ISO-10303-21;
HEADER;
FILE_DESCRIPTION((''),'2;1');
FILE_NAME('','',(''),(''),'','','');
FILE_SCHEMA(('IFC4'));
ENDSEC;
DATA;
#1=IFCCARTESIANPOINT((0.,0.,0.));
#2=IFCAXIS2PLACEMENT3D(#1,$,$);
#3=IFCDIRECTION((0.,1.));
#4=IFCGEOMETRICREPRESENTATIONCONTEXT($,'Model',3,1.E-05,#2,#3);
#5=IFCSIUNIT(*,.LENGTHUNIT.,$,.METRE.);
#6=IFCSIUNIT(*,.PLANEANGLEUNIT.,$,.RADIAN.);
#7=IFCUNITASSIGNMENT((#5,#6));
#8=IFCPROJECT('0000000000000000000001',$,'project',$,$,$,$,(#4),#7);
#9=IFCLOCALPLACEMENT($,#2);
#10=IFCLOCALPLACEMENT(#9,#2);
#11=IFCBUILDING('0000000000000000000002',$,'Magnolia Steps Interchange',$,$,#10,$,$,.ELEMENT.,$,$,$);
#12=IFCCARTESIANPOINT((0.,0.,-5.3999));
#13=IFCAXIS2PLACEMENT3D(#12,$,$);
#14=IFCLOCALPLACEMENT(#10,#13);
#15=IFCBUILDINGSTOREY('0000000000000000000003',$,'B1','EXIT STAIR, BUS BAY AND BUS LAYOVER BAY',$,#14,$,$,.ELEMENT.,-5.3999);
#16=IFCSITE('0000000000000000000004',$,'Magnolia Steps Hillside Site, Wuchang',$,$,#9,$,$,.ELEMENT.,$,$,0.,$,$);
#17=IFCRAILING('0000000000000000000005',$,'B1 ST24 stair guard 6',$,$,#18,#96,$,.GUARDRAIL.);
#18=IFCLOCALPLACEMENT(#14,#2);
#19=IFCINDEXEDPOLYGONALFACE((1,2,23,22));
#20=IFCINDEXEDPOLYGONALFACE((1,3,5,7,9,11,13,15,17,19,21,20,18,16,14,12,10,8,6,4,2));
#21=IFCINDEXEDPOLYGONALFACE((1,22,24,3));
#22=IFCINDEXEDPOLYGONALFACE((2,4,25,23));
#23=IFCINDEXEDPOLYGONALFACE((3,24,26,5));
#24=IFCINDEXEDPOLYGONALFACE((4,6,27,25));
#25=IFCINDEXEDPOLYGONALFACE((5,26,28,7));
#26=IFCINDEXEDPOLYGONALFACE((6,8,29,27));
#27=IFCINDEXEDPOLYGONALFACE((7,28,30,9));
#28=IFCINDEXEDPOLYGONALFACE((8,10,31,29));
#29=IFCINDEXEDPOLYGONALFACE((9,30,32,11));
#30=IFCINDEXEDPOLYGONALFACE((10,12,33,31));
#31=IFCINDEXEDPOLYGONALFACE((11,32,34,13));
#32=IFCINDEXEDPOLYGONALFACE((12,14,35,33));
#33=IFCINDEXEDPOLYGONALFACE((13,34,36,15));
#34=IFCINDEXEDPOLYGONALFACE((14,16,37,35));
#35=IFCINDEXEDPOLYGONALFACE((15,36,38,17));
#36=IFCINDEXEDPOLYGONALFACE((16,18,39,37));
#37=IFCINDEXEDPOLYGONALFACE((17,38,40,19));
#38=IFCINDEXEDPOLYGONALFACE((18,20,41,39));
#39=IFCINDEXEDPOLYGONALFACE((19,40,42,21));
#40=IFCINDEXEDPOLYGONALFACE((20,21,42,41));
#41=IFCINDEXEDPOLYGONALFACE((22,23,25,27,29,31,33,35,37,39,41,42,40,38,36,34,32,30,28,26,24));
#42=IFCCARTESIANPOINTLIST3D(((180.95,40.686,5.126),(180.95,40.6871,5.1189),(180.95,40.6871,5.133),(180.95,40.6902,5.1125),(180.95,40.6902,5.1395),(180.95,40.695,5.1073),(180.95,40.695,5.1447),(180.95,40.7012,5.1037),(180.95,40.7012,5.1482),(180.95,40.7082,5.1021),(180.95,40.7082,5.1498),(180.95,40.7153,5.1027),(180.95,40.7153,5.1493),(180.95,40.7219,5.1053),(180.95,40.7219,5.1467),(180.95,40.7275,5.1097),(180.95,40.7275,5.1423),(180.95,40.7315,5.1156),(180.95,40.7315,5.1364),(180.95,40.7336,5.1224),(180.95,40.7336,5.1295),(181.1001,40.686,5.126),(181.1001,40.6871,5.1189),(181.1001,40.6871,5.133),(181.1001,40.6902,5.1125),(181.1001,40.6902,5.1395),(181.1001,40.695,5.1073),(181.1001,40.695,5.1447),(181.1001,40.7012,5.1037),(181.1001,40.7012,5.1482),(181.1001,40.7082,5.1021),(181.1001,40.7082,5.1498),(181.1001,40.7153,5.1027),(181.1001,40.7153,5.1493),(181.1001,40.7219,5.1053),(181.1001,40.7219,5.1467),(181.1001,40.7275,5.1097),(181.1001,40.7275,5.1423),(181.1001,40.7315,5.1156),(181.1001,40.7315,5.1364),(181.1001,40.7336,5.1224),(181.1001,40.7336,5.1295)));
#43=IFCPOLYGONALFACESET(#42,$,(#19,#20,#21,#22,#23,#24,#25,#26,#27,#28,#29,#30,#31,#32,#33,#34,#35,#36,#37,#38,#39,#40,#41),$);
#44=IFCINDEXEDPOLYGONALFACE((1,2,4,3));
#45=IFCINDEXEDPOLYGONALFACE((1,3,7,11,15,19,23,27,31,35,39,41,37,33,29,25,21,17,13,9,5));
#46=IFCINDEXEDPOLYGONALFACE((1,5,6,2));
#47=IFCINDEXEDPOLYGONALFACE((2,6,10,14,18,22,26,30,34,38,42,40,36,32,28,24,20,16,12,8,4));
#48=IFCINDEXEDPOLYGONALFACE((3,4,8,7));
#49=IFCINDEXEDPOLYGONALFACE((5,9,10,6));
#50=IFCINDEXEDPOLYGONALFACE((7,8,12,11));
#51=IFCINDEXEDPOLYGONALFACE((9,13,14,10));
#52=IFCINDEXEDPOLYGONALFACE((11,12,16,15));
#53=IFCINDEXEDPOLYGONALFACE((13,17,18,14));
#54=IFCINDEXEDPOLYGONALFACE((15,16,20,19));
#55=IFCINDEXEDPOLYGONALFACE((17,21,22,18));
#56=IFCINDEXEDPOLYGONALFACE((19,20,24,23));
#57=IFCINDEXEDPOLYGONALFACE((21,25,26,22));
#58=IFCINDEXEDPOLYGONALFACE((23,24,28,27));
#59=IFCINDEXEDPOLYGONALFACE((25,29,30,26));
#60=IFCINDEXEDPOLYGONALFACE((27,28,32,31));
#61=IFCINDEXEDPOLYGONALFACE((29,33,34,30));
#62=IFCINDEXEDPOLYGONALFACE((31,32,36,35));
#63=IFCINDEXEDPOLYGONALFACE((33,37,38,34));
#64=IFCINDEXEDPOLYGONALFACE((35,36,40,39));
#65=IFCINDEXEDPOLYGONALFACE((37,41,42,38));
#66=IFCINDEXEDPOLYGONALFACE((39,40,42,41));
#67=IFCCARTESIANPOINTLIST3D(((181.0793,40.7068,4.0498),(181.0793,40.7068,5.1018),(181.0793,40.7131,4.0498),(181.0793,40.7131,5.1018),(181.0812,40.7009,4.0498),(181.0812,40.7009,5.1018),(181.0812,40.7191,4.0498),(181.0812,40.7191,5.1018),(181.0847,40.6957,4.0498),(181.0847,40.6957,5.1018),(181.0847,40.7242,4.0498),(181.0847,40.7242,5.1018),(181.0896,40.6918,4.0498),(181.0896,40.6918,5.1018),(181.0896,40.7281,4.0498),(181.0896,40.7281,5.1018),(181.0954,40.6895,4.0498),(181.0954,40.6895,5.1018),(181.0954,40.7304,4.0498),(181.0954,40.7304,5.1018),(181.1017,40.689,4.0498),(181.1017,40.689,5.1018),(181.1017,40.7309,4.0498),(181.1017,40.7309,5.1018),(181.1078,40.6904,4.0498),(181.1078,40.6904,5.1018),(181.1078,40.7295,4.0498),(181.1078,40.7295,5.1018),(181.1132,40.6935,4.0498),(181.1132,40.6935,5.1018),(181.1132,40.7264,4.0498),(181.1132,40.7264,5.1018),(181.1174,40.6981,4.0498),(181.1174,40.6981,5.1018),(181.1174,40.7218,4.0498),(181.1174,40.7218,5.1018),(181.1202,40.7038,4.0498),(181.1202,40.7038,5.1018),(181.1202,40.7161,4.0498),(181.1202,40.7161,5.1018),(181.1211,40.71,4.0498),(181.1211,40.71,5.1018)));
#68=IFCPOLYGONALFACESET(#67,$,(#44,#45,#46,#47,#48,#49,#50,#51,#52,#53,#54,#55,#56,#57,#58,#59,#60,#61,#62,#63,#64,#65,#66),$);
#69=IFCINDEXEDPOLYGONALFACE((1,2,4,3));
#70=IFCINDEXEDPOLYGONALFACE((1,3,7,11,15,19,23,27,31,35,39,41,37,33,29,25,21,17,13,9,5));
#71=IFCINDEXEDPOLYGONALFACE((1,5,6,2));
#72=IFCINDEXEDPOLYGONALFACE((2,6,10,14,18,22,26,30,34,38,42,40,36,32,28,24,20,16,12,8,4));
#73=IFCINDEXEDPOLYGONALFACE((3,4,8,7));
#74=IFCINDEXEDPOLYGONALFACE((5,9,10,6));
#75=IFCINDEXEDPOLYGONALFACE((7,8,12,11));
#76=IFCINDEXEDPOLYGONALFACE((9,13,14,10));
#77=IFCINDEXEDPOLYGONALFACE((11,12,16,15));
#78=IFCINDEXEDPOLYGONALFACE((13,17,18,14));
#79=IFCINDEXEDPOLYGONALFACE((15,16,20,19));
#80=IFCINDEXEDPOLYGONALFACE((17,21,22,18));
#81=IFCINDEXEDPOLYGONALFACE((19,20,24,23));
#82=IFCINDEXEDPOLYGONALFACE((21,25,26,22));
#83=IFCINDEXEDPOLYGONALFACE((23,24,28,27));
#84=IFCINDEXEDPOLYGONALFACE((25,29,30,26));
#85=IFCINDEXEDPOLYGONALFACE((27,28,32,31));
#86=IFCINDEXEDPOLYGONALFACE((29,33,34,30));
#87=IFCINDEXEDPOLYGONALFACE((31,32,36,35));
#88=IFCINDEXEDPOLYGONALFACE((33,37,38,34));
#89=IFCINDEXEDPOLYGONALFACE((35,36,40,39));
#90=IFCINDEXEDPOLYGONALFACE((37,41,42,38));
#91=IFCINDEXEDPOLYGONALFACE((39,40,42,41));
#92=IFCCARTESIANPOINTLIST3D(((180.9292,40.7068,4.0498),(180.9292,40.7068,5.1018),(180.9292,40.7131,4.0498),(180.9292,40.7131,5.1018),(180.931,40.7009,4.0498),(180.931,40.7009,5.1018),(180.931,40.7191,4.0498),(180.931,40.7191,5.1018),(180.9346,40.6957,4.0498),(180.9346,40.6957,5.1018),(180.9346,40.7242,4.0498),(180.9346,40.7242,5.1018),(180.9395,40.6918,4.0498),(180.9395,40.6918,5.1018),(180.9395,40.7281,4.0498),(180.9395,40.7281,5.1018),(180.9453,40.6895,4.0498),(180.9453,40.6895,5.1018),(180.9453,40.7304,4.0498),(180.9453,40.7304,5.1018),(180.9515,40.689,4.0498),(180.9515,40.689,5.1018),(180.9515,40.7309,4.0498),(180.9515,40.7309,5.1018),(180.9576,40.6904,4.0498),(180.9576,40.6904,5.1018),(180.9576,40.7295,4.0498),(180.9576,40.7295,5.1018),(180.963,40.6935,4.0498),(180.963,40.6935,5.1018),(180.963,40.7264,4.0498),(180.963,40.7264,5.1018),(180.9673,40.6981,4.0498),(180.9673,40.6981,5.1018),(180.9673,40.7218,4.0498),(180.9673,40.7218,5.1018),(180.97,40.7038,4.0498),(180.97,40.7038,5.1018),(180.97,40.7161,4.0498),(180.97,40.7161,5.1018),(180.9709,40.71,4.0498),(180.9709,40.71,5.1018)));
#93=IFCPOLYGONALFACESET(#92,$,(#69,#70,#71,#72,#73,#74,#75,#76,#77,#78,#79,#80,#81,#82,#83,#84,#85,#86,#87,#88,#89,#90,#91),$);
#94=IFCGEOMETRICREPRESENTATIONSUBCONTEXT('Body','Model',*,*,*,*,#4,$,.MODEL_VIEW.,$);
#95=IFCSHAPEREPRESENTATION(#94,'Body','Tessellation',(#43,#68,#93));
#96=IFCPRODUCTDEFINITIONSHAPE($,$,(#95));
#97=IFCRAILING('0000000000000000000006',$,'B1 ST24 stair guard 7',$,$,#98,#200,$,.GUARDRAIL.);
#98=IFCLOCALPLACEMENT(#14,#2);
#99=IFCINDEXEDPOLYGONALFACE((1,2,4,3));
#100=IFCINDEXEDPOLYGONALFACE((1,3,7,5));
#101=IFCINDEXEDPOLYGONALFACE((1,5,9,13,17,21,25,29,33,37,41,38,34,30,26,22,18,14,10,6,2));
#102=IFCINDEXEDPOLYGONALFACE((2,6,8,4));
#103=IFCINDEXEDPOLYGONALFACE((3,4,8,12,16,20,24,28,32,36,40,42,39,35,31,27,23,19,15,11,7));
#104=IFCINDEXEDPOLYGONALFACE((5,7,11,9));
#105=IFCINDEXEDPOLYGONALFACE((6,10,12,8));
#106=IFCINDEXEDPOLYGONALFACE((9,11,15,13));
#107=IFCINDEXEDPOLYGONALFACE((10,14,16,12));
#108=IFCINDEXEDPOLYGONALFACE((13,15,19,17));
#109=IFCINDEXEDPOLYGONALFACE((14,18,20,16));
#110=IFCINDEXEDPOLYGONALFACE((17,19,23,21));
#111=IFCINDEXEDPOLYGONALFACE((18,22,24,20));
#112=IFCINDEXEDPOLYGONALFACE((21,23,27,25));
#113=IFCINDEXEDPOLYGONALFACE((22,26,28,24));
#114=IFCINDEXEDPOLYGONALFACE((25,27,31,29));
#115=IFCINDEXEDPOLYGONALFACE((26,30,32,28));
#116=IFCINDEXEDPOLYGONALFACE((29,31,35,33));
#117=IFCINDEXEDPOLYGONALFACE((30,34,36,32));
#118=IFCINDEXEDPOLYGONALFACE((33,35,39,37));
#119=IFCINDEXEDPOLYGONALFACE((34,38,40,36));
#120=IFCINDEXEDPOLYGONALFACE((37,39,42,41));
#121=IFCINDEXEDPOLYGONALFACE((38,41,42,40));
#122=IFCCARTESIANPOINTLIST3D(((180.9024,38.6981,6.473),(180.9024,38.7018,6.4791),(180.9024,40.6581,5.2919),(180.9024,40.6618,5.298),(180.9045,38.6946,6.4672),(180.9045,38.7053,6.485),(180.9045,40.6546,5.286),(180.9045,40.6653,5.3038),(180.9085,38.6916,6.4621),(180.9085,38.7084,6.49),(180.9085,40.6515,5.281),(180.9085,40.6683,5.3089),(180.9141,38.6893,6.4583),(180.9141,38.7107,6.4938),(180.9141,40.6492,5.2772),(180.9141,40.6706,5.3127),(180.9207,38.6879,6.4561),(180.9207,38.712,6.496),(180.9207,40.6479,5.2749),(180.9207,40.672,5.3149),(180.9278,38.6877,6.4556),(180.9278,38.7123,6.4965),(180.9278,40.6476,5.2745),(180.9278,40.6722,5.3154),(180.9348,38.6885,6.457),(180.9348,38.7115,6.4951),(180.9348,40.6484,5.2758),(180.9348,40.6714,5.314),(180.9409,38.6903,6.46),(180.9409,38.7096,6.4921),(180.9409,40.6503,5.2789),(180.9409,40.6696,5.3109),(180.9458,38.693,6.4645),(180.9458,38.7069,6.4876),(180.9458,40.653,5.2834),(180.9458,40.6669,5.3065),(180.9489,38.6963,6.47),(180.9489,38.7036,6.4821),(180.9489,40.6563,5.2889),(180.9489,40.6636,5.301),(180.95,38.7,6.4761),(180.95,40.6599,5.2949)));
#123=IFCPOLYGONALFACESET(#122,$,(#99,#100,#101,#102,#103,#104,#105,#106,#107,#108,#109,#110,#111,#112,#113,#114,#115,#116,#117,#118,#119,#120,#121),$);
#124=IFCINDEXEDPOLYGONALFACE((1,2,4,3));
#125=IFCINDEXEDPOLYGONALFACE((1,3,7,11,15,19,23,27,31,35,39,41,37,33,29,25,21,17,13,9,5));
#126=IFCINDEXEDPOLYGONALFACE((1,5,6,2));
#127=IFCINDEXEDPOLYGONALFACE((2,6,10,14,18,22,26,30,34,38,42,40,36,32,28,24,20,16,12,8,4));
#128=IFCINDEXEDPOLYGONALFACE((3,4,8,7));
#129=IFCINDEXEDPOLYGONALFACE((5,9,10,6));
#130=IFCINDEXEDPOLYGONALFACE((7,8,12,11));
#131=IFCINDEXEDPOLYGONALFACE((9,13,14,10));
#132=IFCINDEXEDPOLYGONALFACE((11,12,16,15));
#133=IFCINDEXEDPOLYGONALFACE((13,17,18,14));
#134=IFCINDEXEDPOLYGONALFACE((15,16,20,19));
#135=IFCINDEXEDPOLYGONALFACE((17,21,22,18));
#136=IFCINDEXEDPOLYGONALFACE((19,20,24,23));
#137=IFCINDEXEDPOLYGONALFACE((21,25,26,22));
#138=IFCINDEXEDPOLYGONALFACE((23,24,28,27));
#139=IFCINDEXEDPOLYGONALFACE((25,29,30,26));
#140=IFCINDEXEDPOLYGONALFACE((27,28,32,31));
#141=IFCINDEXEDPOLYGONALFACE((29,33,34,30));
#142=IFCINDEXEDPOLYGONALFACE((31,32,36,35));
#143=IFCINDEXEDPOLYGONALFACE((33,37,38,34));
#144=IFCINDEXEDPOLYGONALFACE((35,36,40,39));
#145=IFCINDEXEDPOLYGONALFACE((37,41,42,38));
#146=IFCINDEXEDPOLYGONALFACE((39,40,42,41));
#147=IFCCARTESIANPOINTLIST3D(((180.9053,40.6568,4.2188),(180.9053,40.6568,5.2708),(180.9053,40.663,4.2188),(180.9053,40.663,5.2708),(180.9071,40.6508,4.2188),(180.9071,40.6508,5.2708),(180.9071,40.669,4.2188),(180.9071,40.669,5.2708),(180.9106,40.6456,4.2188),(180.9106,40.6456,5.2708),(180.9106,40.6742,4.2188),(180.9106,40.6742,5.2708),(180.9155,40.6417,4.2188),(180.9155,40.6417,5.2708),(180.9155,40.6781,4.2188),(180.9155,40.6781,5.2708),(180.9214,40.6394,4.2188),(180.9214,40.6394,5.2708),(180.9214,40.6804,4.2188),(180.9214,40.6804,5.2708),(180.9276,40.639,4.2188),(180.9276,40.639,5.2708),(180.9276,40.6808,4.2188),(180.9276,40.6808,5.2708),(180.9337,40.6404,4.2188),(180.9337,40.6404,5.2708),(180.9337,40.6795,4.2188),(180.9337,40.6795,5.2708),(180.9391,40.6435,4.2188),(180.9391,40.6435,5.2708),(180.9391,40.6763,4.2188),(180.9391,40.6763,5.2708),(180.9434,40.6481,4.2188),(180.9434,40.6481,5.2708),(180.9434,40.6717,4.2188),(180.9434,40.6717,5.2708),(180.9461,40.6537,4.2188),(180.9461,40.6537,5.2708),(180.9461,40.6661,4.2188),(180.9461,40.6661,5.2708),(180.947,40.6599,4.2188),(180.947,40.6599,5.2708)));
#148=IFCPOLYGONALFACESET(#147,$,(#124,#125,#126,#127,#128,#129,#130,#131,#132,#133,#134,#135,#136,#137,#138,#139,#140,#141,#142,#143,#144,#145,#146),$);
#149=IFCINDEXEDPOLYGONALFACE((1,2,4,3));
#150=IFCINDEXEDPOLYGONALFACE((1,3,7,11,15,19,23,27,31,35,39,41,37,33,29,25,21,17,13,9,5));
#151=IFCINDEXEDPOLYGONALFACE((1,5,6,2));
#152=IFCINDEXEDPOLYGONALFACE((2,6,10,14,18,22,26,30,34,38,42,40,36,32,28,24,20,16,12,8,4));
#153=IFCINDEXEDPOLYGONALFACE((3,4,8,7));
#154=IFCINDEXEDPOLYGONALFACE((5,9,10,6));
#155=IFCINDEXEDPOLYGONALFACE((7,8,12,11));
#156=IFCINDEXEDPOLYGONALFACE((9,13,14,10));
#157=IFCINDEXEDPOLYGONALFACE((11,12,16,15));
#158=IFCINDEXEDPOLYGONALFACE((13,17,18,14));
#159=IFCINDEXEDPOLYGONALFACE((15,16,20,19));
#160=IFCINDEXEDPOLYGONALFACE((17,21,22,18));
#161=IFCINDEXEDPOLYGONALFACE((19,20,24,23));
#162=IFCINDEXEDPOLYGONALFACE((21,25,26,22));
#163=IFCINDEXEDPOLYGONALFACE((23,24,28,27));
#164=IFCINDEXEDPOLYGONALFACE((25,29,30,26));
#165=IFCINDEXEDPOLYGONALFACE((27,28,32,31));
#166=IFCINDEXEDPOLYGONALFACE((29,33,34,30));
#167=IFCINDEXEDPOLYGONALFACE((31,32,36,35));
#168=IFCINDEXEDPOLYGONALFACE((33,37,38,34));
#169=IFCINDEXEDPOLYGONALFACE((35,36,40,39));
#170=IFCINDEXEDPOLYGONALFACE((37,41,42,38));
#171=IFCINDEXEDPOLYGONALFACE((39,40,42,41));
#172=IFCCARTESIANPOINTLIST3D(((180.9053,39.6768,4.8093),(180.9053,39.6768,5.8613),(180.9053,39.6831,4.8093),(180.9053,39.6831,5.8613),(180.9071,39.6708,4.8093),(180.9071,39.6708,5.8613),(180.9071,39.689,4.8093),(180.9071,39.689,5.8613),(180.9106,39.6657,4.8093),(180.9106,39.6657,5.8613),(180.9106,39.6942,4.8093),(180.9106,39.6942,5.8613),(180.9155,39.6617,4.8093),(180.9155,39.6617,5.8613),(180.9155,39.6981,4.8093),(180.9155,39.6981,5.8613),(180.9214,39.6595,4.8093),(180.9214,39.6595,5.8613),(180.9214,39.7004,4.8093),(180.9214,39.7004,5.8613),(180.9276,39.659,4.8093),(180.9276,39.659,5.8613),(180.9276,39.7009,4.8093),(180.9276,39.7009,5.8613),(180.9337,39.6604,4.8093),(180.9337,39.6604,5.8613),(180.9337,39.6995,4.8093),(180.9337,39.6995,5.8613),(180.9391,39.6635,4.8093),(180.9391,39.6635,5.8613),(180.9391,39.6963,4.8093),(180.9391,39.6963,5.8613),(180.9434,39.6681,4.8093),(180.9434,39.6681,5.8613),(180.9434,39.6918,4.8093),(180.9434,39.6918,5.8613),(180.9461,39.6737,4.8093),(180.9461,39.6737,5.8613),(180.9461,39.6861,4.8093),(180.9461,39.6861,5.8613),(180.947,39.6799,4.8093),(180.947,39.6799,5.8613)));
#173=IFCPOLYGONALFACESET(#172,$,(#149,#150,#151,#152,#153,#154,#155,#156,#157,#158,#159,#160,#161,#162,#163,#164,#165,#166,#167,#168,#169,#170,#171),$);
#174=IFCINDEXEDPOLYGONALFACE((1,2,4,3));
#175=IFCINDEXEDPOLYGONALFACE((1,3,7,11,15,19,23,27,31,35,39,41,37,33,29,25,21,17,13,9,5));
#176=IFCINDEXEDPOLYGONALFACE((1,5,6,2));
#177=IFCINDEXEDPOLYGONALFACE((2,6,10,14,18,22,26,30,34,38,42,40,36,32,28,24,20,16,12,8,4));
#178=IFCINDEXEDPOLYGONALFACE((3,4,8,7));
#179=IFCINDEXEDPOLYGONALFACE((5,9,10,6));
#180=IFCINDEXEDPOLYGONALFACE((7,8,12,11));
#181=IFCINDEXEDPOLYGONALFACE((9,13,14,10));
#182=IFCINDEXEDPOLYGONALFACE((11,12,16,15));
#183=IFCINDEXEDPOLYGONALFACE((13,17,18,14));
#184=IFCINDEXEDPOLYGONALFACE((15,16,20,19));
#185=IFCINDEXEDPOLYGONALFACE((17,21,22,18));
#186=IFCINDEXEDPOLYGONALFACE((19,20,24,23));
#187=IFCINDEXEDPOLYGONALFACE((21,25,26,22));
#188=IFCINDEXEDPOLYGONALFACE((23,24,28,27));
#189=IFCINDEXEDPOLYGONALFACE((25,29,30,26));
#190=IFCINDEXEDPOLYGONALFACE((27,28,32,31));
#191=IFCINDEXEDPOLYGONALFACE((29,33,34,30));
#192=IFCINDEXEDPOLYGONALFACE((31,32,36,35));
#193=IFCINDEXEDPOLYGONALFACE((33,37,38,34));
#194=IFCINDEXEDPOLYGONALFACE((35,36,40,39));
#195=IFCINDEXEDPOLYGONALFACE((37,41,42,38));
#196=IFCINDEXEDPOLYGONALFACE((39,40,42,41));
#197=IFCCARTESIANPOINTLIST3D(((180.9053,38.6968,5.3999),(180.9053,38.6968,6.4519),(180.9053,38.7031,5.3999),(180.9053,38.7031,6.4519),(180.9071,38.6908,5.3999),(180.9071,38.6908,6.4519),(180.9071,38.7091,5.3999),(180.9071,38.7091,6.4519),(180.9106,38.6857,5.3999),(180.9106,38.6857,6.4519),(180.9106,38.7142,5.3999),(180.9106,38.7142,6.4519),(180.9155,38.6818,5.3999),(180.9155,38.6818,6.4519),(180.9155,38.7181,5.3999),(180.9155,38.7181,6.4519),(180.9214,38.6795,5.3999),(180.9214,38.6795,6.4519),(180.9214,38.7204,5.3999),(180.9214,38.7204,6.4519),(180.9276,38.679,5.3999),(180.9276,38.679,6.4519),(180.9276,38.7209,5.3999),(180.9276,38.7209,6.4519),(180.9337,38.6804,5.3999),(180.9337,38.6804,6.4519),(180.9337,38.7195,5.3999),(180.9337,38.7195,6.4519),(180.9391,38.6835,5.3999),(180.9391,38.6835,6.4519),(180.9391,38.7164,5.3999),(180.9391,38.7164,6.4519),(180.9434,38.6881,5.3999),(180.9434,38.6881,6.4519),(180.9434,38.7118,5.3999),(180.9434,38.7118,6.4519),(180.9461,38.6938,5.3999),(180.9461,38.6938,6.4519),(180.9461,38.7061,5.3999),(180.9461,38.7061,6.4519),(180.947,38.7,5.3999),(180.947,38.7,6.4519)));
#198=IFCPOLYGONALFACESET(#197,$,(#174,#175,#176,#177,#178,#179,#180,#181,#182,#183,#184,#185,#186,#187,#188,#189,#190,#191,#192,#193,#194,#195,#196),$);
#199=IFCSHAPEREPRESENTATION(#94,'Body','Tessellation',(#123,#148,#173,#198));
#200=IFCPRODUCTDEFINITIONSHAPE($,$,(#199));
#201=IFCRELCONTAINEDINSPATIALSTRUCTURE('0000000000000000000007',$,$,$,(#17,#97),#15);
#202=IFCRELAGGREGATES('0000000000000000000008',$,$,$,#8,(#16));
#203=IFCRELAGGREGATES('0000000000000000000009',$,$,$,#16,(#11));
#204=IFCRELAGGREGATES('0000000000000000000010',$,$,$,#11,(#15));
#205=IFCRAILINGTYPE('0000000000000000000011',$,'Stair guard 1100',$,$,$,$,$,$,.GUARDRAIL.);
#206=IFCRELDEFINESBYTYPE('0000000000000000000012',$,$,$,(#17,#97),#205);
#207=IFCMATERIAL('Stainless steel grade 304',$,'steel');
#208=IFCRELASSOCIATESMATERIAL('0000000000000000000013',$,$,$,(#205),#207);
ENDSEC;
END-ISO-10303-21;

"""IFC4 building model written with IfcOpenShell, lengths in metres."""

from ifc_helpers import new_model, si_unit, direction, frame, origin, origin_2d, place, context, subcontext, project, spatial, circle, extrude, material, type_object, element, save


model = new_model("IFC4")

# Units and contexts
model_context = context("Model", 3, precision=1e-05, world=origin(), true_north=direction((0.0, 1.0)))
body_context = subcontext(model_context, "Body", "Model", "MODEL_VIEW")
ifc_project = project(units=[si_unit("LENGTHUNIT", "METRE"), si_unit("PLANEANGLEUNIT", "RADIAN")], contexts=[model_context])

# Site, building, storey
site_placement = place(None, origin())
site = spatial("IfcSite", under=ifc_project, at=site_placement, Name="Magnolia Steps Hillside Site, Wuchang", CompositionType="ELEMENT", RefElevation=0.0)
building_placement = place(site_placement, origin())
building = spatial("IfcBuilding", under=site, at=building_placement, Name="Magnolia Steps Interchange", CompositionType="ELEMENT")
storey_placement = place(building_placement, frame((0.0, 0.0, -5.3999)))
storey = spatial("IfcBuildingStorey", under=building, at=storey_placement, Name="B1", Description="EXIT STAIR, BUS BAY AND BUS LAYOVER BAY", CompositionType="ELEMENT", Elevation=-5.3999)

# Railings
ifc_material_1 = material(Name="Stainless steel grade 304", Category="steel")
railing_type_1 = type_object("IfcRailingType", Name="Stair guard 1100", PredefinedType="GUARDRAIL", material=ifc_material_1)
railing_1_placement = place(storey_placement, frame((181.1001, 40.71, 4.0498)))
element("IfcRailing", 1, at=railing_1_placement, inside=storey, type_object=railing_type_1, Name="B1 ST24 stair guard 6", PredefinedType="GUARDRAIL", context=body_context, shape_type="SweptSolid", body=[
    extrude(circle(Radius=0.0239, at=origin_2d()), frame((0.0, 0.0, 1.0762), z_axis=(-1.0, 0.0, 0.0), x_axis=(0.0, -1.0, 0.0)), (0.0, 0.0, 1.0), 0.1501),
    extrude(circle(Radius=0.021, at=origin_2d()), origin(), (0.0, 0.0, 1.0), 1.052),
    extrude(circle(Radius=0.021, at=origin_2d()), frame((-0.1501, 0.0, 0.0)), (0.0, 0.0, 1.0), 1.052),
])
railing_2_placement = place(storey_placement, frame((180.926, 40.6599, 4.2188)))
element("IfcRailing", 2, at=railing_2_placement, inside=storey, type_object=railing_type_1, Name="B1 ST24 stair guard 7", PredefinedType="GUARDRAIL", context=body_context, shape_type="SweptSolid", body=[
    extrude(circle(Radius=0.0239, at=origin_2d()), frame((0.0, 0.0, 1.0762), z_axis=(0.0, -0.856493, 0.516158), x_axis=(1.0, 0.0, 0.0)), (0.0, 0.0, 1.0), 2.2883),
    extrude(circle(Radius=0.021, at=origin_2d()), origin(), (0.0, 0.0, 1.0), 1.052),
    extrude(circle(Radius=0.021, at=origin_2d()), frame((0.0, -0.98, 0.5906)), (0.0, 0.0, 1.0), 1.052),
    extrude(circle(Radius=0.021, at=origin_2d()), frame((0.0, -1.96, 1.1812)), (0.0, 0.0, 1.0), 1.052),
])

save(model, "model.ifc")
